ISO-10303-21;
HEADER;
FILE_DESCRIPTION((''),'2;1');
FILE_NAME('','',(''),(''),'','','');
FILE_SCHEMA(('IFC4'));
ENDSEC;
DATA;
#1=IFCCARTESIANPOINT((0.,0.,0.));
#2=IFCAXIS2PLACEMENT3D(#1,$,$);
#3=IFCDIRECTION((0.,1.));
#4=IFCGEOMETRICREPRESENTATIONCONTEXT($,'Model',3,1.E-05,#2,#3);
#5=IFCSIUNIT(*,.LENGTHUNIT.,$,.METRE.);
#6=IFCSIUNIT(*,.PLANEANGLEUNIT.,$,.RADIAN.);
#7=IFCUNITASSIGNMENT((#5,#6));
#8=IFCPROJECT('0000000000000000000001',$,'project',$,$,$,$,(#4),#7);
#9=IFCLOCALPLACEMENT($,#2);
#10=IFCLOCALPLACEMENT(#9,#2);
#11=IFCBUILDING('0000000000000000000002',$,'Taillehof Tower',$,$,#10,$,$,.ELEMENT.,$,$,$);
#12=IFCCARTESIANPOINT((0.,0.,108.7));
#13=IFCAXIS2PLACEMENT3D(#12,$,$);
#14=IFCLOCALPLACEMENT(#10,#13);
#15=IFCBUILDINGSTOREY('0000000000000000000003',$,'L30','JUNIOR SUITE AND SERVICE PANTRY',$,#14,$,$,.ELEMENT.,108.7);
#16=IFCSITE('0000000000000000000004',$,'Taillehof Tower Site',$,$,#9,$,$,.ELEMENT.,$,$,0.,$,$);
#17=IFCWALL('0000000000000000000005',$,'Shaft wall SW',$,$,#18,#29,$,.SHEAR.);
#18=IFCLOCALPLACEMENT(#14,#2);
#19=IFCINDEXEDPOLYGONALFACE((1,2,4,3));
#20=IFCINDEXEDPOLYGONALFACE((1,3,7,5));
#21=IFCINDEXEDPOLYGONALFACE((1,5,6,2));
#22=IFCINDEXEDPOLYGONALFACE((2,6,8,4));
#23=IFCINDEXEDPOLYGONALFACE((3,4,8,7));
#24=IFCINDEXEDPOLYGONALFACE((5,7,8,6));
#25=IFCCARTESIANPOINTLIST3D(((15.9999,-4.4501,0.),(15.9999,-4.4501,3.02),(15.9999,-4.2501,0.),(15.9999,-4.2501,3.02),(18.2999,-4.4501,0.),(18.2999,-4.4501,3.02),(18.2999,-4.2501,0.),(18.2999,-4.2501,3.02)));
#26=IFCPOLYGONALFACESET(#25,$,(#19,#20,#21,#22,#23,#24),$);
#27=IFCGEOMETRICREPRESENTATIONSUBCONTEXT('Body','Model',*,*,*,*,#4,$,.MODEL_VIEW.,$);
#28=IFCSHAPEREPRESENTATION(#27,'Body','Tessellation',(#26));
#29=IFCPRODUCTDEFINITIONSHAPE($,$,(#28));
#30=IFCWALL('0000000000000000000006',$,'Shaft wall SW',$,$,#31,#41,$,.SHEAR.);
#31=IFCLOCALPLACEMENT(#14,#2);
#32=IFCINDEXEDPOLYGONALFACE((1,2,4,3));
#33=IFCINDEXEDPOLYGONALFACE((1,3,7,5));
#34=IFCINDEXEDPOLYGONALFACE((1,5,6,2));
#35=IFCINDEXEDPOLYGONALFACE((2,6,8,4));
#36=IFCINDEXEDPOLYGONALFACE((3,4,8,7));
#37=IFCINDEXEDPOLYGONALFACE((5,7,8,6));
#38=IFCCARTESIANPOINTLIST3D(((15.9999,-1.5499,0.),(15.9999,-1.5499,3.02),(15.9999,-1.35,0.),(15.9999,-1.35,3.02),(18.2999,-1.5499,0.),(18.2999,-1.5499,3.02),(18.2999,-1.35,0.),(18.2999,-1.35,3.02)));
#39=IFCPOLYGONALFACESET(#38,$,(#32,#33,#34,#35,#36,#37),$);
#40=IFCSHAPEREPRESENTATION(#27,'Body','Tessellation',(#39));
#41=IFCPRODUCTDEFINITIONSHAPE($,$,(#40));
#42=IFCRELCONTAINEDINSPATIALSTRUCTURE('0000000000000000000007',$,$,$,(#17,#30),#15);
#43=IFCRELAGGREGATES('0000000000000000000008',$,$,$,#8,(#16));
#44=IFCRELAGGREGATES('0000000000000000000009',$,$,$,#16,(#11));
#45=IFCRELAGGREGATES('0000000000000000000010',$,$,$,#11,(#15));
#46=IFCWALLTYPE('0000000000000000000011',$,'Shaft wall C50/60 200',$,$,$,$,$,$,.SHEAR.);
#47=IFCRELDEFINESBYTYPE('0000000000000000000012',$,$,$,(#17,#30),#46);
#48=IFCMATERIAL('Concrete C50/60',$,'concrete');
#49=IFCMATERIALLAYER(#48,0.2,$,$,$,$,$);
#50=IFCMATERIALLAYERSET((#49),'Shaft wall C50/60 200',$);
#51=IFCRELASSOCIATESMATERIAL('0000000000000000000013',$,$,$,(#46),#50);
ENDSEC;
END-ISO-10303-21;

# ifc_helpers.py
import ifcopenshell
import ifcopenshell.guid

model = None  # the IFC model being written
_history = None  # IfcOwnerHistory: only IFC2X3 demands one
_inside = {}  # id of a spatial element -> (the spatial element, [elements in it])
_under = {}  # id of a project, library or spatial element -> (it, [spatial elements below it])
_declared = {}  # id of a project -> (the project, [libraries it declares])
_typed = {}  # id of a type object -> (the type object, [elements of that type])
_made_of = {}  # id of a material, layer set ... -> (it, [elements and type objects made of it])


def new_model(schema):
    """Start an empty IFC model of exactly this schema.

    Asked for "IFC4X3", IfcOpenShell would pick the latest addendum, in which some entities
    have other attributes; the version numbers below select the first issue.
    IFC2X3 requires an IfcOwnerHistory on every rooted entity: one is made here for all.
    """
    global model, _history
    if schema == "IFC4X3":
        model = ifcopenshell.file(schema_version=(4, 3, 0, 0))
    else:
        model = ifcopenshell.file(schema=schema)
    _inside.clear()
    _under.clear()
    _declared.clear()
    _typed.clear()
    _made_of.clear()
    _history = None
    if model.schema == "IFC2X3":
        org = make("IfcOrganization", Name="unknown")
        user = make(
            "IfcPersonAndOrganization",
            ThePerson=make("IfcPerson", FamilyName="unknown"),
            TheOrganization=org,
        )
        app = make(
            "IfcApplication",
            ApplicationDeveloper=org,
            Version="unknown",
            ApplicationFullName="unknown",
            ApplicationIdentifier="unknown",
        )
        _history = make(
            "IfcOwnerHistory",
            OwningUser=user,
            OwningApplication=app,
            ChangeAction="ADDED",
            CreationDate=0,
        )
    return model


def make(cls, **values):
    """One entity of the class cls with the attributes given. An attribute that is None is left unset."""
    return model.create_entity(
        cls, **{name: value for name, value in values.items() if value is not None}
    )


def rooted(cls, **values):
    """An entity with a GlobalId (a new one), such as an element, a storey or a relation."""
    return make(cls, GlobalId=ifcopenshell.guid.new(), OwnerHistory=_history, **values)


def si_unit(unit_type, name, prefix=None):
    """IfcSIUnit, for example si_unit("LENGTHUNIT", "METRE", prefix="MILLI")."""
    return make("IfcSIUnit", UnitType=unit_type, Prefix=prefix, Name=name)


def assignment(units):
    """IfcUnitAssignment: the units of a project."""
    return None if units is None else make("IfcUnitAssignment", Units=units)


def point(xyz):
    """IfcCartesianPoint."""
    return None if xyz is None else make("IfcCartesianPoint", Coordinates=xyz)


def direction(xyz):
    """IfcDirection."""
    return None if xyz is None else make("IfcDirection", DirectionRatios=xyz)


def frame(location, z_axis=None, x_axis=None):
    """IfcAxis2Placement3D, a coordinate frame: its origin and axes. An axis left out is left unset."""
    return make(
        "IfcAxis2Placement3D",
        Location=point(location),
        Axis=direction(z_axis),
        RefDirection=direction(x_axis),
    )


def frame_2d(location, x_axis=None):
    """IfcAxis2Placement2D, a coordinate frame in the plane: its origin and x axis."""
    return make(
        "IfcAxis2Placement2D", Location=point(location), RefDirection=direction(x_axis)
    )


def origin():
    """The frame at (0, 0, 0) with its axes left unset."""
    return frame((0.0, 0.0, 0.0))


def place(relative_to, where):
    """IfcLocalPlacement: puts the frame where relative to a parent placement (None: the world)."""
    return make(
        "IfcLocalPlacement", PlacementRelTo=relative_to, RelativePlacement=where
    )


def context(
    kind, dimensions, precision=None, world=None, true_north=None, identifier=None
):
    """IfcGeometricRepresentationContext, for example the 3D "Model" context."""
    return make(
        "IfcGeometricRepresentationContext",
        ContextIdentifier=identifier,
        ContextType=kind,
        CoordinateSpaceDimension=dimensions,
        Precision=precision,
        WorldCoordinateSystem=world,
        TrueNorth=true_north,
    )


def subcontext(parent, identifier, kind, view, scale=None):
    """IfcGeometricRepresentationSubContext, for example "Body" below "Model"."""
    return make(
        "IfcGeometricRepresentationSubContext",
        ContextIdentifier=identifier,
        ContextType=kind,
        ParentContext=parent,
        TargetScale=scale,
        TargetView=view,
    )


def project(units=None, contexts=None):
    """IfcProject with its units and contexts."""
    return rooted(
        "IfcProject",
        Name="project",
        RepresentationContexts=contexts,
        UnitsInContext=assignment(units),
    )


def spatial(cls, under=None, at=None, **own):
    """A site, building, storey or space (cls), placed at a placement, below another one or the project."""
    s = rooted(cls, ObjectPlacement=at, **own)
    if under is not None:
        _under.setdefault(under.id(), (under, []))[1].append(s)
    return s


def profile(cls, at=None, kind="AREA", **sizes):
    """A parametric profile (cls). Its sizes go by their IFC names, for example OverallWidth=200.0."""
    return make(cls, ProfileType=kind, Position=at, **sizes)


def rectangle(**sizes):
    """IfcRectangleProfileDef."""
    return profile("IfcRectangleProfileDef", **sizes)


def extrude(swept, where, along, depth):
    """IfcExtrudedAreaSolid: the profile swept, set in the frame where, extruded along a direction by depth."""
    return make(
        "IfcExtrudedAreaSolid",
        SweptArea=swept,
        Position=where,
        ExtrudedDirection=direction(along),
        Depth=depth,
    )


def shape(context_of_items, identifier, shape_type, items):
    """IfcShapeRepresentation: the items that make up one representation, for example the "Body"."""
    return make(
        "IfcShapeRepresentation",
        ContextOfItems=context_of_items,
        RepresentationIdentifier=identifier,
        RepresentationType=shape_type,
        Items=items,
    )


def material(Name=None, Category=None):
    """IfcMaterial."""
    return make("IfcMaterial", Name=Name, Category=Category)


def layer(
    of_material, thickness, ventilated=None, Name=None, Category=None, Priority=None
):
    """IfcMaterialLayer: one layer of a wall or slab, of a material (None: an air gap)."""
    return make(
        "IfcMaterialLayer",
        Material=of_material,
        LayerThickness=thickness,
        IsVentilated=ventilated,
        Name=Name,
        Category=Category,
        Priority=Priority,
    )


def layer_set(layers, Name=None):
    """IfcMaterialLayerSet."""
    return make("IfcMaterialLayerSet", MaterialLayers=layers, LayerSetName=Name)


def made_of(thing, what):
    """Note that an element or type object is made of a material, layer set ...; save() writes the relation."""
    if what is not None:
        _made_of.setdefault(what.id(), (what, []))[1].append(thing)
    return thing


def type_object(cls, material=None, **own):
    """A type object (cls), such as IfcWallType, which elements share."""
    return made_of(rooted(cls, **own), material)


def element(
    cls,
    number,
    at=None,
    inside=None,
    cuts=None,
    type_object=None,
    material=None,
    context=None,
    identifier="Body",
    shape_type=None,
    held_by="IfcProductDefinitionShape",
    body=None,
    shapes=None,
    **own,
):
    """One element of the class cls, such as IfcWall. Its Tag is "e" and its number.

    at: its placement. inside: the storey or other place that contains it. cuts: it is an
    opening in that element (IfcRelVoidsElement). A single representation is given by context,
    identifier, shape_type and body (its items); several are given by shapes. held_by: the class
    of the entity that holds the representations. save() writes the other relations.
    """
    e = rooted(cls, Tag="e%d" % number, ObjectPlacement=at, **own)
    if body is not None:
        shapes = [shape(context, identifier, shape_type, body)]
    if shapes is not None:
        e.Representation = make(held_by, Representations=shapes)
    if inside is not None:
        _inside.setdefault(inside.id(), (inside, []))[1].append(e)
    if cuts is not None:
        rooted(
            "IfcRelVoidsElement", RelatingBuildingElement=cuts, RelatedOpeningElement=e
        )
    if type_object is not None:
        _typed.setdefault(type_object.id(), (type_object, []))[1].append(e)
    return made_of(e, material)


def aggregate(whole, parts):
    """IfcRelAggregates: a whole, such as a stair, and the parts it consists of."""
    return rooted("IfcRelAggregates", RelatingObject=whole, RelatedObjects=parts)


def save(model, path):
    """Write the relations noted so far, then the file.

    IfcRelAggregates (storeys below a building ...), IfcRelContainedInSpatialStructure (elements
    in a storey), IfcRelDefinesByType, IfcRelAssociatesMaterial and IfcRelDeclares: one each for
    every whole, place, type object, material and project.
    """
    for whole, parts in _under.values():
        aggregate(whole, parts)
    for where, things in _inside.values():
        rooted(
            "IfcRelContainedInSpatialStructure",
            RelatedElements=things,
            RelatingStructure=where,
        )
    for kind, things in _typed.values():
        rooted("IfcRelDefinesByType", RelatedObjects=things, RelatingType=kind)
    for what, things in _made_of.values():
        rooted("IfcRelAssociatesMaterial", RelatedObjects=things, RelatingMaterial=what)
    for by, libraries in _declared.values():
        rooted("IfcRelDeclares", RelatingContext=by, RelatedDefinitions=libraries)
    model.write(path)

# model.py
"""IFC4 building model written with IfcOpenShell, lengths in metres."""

from ifc_helpers import new_model, si_unit, direction, frame, frame_2d, origin, place, context, subcontext, project, spatial, rectangle, extrude, material, layer, layer_set, type_object, element, save


model = new_model("IFC4")

# Units and contexts
model_context = context("Model", 3, precision=1e-05, world=origin(), true_north=direction((0.0, 1.0)))
body_context = subcontext(model_context, "Body", "Model", "MODEL_VIEW")
ifc_project = project(units=[si_unit("LENGTHUNIT", "METRE"), si_unit("PLANEANGLEUNIT", "RADIAN")], contexts=[model_context])

# Site, building, storey
site_placement = place(None, origin())
site = spatial("IfcSite", under=ifc_project, at=site_placement, Name="Taillehof Tower Site", CompositionType="ELEMENT", RefElevation=0.0)
building_placement = place(site_placement, origin())
building = spatial("IfcBuilding", under=site, at=building_placement, Name="Taillehof Tower", CompositionType="ELEMENT")
storey_placement = place(building_placement, frame((0.0, 0.0, 108.7)))
storey = spatial("IfcBuildingStorey", under=building, at=storey_placement, Name="L30", Description="JUNIOR SUITE AND SERVICE PANTRY", CompositionType="ELEMENT", Elevation=108.7)

# Walls
ifc_material_1 = material(Name="Concrete C50/60", Category="concrete")
ifc_layer_1 = layer(ifc_material_1, 0.2)
ifc_layer_set_1 = layer_set([ifc_layer_1], Name="Shaft wall C50/60 200")
wall_type_1 = type_object("IfcWallType", Name="Shaft wall C50/60 200", PredefinedType="SHEAR", material=ifc_layer_set_1)
for number, where, z_axis, x_axis, name in (
    (1, (16.0, -4.3501, 0.0), (0.0, 0.0, 1.0), (1.0, 0.0, 0.0), "Shaft wall SW"),
    (2, (16.0, -1.45, 0.0), (0.0, 0.0, 1.0), (1.0, 0.0, 0.0), "Shaft wall SW"),
):
    element("IfcWall", number, at=place(storey_placement, frame(where, z_axis=z_axis, x_axis=x_axis)), inside=storey, type_object=wall_type_1, Name=name, PredefinedType="SHEAR", context=body_context, shape_type="SweptSolid", body=[
        extrude(rectangle(XDim=2.3, YDim=0.2, at=frame_2d((1.1499, 0.0))), origin(), (0.0, 0.0, 1.0), 3.02),
    ])

save(model, "model.ifc")
